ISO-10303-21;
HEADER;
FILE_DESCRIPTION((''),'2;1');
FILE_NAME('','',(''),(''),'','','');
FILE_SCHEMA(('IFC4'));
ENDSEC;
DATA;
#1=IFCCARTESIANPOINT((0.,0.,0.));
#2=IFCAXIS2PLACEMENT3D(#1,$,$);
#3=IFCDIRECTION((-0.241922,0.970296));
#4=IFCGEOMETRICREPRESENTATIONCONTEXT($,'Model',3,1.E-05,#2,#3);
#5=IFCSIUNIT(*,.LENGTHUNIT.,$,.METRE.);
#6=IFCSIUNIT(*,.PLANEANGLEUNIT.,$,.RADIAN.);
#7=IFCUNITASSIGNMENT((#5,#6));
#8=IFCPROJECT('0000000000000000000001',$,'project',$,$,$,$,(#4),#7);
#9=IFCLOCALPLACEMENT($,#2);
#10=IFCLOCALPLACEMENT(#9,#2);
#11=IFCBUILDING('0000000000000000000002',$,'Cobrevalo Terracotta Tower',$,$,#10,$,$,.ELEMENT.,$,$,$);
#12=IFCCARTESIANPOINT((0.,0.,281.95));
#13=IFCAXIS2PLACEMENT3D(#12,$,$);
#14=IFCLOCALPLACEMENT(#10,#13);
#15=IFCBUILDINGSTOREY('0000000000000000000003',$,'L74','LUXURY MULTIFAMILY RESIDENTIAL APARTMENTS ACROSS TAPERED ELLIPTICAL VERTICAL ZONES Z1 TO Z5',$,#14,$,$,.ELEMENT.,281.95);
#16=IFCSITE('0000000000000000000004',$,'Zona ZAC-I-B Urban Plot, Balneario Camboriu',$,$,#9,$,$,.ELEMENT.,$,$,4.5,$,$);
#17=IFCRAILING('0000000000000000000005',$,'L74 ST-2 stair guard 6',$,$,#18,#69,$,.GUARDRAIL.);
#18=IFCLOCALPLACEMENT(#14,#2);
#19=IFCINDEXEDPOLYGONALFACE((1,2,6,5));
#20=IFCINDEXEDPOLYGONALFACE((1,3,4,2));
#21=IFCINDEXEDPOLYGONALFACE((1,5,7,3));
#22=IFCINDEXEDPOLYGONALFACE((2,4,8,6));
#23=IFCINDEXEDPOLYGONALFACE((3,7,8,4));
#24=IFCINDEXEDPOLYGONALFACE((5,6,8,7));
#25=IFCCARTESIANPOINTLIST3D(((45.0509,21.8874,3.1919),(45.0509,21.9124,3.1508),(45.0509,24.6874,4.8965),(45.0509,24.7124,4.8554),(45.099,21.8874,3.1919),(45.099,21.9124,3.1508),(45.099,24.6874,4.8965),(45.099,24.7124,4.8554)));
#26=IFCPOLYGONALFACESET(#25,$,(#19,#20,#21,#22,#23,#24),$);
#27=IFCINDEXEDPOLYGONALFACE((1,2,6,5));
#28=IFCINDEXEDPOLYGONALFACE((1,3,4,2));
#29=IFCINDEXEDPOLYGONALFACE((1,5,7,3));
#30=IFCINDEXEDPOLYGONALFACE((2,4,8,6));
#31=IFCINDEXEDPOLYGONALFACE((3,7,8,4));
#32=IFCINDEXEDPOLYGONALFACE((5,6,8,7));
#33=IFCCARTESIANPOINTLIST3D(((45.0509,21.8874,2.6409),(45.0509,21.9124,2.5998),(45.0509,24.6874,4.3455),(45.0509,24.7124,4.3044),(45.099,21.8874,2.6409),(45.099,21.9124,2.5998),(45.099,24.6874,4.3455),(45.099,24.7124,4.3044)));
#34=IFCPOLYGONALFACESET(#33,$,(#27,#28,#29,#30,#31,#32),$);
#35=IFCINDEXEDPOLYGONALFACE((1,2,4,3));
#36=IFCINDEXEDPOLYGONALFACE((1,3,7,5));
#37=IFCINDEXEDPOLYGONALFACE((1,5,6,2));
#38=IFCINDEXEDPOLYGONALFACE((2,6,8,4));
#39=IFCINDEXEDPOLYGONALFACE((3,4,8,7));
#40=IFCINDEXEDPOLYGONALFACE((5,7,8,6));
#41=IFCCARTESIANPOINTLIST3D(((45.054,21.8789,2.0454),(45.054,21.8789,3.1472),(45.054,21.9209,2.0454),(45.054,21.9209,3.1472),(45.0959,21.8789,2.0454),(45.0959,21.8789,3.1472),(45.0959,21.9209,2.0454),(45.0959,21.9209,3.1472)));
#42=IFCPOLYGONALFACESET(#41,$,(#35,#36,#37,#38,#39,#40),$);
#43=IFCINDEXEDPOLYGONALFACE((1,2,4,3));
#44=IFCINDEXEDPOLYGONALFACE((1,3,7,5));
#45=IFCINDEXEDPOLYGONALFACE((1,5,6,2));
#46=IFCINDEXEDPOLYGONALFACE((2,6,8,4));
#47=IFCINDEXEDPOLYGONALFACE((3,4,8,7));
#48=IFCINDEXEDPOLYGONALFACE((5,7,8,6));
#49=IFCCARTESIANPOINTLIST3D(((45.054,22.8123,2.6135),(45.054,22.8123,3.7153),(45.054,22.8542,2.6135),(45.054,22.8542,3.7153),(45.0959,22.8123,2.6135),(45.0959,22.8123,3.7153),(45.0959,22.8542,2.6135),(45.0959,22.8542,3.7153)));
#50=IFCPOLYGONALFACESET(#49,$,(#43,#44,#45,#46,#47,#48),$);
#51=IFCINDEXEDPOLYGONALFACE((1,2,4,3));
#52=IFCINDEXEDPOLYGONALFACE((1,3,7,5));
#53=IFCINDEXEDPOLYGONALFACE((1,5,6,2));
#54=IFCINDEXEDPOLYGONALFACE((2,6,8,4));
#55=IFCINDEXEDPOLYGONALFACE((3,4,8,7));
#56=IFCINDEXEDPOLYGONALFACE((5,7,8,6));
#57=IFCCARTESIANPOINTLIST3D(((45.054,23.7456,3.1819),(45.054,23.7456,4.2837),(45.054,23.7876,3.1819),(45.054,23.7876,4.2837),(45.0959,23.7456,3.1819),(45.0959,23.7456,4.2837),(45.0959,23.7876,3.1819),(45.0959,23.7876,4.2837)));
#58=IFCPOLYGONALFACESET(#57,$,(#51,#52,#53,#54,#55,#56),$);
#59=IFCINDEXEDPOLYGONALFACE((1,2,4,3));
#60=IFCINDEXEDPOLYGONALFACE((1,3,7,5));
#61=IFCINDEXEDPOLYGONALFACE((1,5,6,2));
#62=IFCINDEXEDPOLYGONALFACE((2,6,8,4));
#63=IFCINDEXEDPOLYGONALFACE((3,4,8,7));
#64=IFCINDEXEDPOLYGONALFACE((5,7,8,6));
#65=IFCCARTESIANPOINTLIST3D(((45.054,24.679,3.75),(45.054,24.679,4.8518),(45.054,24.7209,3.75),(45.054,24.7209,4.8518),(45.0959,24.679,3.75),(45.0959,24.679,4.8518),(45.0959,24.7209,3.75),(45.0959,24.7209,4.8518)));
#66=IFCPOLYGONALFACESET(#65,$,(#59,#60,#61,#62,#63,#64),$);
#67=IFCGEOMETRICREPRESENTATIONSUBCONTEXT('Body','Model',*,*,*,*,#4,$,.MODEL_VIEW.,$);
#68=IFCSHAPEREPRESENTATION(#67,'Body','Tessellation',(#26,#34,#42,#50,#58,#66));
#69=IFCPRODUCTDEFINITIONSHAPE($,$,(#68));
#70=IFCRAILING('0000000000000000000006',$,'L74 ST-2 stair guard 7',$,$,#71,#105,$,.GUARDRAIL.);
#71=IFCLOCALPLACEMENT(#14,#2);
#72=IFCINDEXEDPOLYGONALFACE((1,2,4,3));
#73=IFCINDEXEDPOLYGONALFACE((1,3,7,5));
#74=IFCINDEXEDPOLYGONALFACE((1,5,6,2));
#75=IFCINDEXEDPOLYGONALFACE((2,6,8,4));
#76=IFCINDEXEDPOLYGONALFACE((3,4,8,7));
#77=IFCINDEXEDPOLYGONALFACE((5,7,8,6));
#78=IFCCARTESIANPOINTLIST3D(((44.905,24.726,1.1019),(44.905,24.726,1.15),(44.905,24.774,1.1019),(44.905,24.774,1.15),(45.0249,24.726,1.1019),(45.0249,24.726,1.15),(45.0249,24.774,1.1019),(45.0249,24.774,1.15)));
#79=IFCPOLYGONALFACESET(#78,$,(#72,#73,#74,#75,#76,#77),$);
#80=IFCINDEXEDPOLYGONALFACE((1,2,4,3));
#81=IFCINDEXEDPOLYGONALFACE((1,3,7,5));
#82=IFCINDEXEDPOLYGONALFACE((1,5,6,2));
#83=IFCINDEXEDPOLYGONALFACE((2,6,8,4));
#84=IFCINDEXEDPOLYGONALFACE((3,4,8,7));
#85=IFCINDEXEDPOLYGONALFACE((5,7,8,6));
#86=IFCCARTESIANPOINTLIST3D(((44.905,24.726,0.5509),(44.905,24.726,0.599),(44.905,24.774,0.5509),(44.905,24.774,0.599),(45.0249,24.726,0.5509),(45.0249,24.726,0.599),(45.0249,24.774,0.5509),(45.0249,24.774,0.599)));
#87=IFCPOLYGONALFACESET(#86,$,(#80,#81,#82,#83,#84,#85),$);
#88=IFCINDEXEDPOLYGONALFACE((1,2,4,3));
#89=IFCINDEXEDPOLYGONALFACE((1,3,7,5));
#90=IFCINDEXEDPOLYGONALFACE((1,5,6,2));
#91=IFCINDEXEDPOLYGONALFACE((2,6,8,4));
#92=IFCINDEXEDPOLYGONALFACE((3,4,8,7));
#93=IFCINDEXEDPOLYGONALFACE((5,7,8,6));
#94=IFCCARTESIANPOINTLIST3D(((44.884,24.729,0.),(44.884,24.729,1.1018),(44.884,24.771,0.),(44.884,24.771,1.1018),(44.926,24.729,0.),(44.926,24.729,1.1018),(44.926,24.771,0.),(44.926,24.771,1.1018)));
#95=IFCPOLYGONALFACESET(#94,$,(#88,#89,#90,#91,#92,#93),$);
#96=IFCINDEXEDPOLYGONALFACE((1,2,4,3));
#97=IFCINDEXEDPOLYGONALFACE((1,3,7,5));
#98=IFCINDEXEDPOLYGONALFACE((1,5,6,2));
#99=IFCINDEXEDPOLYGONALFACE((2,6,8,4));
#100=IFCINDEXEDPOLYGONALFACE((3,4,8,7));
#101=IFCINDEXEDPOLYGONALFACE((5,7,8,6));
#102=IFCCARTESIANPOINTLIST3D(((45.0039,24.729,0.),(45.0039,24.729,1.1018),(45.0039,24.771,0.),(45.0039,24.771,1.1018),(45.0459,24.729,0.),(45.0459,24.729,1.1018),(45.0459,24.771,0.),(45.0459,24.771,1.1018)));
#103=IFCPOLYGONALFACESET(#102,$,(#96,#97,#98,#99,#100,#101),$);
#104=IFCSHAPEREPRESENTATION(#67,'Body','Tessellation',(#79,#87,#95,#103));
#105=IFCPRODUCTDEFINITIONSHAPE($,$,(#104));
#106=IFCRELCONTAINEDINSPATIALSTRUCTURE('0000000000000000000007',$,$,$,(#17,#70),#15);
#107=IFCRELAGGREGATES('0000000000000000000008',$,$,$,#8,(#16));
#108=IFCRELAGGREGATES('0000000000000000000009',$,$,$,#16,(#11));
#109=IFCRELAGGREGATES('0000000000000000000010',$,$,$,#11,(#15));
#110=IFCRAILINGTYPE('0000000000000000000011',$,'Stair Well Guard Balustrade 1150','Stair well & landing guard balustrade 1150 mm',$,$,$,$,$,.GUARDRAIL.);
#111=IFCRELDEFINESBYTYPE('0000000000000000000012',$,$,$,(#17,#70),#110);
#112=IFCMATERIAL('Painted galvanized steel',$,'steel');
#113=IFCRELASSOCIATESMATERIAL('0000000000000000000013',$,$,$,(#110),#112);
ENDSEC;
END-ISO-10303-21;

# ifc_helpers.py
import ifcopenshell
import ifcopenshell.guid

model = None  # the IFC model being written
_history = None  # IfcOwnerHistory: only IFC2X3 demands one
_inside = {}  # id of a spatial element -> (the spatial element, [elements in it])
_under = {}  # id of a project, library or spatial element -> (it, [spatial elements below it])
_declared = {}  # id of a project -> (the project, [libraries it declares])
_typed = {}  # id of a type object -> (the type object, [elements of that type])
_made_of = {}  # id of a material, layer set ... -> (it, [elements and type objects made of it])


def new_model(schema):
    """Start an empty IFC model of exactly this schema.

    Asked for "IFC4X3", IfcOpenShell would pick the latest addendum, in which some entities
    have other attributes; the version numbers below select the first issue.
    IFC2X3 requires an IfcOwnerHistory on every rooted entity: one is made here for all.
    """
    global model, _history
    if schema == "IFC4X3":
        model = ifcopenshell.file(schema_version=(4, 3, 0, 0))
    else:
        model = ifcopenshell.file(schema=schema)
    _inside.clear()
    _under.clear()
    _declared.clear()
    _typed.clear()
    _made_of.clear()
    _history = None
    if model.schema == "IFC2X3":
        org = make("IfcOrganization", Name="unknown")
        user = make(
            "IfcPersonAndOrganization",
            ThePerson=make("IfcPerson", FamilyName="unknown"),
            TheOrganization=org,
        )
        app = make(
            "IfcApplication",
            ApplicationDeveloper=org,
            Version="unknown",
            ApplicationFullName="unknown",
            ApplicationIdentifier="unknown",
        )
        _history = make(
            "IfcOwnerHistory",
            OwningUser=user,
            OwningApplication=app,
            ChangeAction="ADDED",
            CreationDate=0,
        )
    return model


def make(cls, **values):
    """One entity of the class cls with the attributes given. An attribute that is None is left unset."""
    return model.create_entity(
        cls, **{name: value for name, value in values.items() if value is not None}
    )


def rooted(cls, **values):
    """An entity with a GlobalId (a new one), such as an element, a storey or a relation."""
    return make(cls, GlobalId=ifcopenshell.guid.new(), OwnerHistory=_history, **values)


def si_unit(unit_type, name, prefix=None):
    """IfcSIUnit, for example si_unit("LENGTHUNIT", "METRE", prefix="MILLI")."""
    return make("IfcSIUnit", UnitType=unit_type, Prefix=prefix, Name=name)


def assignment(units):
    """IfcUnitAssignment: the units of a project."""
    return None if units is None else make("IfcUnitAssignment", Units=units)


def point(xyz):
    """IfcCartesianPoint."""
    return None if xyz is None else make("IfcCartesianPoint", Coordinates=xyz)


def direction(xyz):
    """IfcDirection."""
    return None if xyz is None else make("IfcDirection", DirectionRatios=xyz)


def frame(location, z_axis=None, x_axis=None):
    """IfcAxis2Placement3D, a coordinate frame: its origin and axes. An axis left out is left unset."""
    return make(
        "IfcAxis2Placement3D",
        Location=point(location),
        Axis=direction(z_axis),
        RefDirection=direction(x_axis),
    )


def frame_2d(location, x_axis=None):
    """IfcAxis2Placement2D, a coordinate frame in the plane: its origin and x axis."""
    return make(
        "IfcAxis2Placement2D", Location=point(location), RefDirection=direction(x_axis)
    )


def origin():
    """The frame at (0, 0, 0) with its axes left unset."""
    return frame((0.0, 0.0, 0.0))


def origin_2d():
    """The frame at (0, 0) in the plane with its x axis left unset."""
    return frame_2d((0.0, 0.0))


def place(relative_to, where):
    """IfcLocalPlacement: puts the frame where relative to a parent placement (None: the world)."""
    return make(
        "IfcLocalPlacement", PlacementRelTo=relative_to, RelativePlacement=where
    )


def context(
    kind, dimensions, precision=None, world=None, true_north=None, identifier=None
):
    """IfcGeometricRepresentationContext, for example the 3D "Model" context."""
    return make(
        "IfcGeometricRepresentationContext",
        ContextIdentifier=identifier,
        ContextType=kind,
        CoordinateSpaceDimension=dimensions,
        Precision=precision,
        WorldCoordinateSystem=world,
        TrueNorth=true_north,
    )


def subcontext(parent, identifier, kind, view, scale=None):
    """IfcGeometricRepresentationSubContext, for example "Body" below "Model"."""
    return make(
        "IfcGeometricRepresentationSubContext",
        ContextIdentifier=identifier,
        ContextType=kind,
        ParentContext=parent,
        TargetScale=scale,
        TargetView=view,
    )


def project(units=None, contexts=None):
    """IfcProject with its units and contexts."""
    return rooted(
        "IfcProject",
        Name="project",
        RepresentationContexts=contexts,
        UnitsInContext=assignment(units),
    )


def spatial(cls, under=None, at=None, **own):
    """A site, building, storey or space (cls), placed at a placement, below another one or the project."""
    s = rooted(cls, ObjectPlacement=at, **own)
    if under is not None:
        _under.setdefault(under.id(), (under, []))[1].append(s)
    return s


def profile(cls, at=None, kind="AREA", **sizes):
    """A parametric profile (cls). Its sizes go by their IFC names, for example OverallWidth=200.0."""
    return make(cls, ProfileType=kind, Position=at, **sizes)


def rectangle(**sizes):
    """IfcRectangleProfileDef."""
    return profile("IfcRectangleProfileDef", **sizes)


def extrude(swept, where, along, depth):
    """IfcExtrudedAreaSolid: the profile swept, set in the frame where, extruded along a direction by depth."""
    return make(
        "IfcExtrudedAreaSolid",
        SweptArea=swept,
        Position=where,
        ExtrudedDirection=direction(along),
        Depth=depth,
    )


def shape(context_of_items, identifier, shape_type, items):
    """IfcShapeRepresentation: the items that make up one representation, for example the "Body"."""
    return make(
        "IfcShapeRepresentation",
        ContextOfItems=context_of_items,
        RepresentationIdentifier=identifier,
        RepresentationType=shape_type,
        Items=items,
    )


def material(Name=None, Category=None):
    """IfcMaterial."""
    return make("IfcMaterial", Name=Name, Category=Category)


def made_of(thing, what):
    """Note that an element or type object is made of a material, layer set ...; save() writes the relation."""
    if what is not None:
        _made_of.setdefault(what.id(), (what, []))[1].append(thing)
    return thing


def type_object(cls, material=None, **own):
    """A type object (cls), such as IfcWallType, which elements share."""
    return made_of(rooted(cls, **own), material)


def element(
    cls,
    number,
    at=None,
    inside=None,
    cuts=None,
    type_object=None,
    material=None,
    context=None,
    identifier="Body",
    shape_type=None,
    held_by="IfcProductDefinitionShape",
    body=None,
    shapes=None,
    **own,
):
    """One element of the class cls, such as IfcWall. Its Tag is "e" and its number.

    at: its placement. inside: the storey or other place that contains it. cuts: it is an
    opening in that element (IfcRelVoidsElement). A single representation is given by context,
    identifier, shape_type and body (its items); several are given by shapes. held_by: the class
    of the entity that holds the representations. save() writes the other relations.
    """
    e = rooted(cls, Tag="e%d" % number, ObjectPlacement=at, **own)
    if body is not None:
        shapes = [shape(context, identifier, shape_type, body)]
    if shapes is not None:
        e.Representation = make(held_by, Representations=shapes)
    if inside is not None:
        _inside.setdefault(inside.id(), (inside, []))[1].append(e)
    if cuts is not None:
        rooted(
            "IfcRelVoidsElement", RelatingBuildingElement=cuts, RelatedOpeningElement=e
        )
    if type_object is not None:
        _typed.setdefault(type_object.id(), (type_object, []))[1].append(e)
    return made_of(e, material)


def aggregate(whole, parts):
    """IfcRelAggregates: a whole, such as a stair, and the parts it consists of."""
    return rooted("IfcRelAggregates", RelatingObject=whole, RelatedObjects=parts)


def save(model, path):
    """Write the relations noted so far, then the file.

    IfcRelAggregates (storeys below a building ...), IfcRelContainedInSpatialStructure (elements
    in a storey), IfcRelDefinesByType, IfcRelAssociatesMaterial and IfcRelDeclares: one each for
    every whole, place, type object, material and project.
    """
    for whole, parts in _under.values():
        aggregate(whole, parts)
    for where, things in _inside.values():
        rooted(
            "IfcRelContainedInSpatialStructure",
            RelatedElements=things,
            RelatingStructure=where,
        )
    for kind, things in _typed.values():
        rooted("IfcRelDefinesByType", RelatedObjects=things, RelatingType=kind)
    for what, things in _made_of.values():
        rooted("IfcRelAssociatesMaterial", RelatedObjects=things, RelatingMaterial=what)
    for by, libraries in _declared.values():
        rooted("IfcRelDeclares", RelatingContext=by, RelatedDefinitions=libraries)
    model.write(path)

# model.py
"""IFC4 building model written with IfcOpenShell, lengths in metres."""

from ifc_helpers import new_model, si_unit, direction, frame, origin, origin_2d, place, context, subcontext, project, spatial, rectangle, extrude, material, type_object, element, save


model = new_model("IFC4")

# Units and contexts
model_context = context("Model", 3, precision=1e-05, world=origin(), true_north=direction((-0.241922, 0.970296)))
body_context = subcontext(model_context, "Body", "Model", "MODEL_VIEW")
ifc_project = project(units=[si_unit("LENGTHUNIT", "METRE"), si_unit("PLANEANGLEUNIT", "RADIAN")], contexts=[model_context])

# Site, building, storey
site_placement = place(None, origin())
site = spatial("IfcSite", under=ifc_project, at=site_placement, Name="Zona ZAC-I-B Urban Plot, Balneario Camboriu", CompositionType="ELEMENT", RefElevation=4.5)
building_placement = place(site_placement, origin())
building = spatial("IfcBuilding", under=site, at=building_placement, Name="Cobrevalo Terracotta Tower", CompositionType="ELEMENT")
storey_placement = place(building_placement, frame((0.0, 0.0, 281.95)))
storey = spatial("IfcBuildingStorey", under=building, at=storey_placement, Name="L74", Description="LUXURY MULTIFAMILY RESIDENTIAL APARTMENTS ACROSS TAPERED ELLIPTICAL VERTICAL ZONES Z1 TO Z5", CompositionType="ELEMENT", Elevation=281.95)

# Railings
ifc_material_1 = material(Name="Painted galvanized steel", Category="steel")
railing_type_1 = type_object("IfcRailingType", Name="Stair Well Guard Balustrade 1150", Description="Stair well & landing guard balustrade 1150 mm", PredefinedType="GUARDRAIL", material=ifc_material_1)
railing_1_placement = place(storey_placement, frame((45.075, 21.8999, 2.0454)))
element("IfcRailing", 1, at=railing_1_placement, inside=storey, type_object=railing_type_1, Name="L74 ST-2 stair guard 6", PredefinedType="GUARDRAIL", context=body_context, shape_type="SweptSolid", body=[
    extrude(rectangle(XDim=0.0481, YDim=0.0481, at=origin_2d()), frame((0.0, 0.0, 1.126), z_axis=(0.0, 0.85417, 0.519994), x_axis=(-1.0, 0.0, 0.0)), (0.0, 0.0, 1.0), 3.2781),
    extrude(rectangle(XDim=0.0481, YDim=0.0481, at=origin_2d()), frame((0.0, 0.0, 0.575), z_axis=(0.0, 0.85417, 0.519994), x_axis=(-1.0, 0.0, 0.0)), (0.0, 0.0, 1.0), 3.2781),
    extrude(rectangle(XDim=0.042, YDim=0.042, at=origin_2d()), origin(), (0.0, 0.0, 1.0), 1.1018),
    extrude(rectangle(XDim=0.042, YDim=0.042, at=origin_2d()), frame((0.0, 0.9333, 0.5681)), (0.0, 0.0, 1.0), 1.1018),
    extrude(rectangle(XDim=0.042, YDim=0.042, at=origin_2d()), frame((0.0, 1.8667, 1.1365)), (0.0, 0.0, 1.0), 1.1018),
    extrude(rectangle(XDim=0.042, YDim=0.042, at=origin_2d()), frame((0.0, 2.8, 1.7046)), (0.0, 0.0, 1.0), 1.1018),
])
railing_2_placement = place(storey_placement, frame((44.905, 24.75, 0.0)))
element("IfcRailing", 2, at=railing_2_placement, inside=storey, type_object=railing_type_1, Name="L74 ST-2 stair guard 7", PredefinedType="GUARDRAIL", context=body_context, shape_type="SweptSolid", body=[
    extrude(rectangle(XDim=0.0481, YDim=0.0481, at=origin_2d()), frame((0.0, 0.0, 1.126), z_axis=(1.0, 0.0, 0.0), x_axis=(0.0, 1.0, 0.0)), (0.0, 0.0, 1.0), 0.1199),
    extrude(rectangle(XDim=0.0481, YDim=0.0481, at=origin_2d()), frame((0.0, 0.0, 0.575), z_axis=(1.0, 0.0, 0.0), x_axis=(0.0, 1.0, 0.0)), (0.0, 0.0, 1.0), 0.1199),
    extrude(rectangle(XDim=0.042, YDim=0.042, at=origin_2d()), origin(), (0.0, 0.0, 1.0), 1.1018),
    extrude(rectangle(XDim=0.042, YDim=0.042, at=origin_2d()), frame((0.1199, 0.0, 0.0)), (0.0, 0.0, 1.0), 1.1018),
])

save(model, "model.ifc")
